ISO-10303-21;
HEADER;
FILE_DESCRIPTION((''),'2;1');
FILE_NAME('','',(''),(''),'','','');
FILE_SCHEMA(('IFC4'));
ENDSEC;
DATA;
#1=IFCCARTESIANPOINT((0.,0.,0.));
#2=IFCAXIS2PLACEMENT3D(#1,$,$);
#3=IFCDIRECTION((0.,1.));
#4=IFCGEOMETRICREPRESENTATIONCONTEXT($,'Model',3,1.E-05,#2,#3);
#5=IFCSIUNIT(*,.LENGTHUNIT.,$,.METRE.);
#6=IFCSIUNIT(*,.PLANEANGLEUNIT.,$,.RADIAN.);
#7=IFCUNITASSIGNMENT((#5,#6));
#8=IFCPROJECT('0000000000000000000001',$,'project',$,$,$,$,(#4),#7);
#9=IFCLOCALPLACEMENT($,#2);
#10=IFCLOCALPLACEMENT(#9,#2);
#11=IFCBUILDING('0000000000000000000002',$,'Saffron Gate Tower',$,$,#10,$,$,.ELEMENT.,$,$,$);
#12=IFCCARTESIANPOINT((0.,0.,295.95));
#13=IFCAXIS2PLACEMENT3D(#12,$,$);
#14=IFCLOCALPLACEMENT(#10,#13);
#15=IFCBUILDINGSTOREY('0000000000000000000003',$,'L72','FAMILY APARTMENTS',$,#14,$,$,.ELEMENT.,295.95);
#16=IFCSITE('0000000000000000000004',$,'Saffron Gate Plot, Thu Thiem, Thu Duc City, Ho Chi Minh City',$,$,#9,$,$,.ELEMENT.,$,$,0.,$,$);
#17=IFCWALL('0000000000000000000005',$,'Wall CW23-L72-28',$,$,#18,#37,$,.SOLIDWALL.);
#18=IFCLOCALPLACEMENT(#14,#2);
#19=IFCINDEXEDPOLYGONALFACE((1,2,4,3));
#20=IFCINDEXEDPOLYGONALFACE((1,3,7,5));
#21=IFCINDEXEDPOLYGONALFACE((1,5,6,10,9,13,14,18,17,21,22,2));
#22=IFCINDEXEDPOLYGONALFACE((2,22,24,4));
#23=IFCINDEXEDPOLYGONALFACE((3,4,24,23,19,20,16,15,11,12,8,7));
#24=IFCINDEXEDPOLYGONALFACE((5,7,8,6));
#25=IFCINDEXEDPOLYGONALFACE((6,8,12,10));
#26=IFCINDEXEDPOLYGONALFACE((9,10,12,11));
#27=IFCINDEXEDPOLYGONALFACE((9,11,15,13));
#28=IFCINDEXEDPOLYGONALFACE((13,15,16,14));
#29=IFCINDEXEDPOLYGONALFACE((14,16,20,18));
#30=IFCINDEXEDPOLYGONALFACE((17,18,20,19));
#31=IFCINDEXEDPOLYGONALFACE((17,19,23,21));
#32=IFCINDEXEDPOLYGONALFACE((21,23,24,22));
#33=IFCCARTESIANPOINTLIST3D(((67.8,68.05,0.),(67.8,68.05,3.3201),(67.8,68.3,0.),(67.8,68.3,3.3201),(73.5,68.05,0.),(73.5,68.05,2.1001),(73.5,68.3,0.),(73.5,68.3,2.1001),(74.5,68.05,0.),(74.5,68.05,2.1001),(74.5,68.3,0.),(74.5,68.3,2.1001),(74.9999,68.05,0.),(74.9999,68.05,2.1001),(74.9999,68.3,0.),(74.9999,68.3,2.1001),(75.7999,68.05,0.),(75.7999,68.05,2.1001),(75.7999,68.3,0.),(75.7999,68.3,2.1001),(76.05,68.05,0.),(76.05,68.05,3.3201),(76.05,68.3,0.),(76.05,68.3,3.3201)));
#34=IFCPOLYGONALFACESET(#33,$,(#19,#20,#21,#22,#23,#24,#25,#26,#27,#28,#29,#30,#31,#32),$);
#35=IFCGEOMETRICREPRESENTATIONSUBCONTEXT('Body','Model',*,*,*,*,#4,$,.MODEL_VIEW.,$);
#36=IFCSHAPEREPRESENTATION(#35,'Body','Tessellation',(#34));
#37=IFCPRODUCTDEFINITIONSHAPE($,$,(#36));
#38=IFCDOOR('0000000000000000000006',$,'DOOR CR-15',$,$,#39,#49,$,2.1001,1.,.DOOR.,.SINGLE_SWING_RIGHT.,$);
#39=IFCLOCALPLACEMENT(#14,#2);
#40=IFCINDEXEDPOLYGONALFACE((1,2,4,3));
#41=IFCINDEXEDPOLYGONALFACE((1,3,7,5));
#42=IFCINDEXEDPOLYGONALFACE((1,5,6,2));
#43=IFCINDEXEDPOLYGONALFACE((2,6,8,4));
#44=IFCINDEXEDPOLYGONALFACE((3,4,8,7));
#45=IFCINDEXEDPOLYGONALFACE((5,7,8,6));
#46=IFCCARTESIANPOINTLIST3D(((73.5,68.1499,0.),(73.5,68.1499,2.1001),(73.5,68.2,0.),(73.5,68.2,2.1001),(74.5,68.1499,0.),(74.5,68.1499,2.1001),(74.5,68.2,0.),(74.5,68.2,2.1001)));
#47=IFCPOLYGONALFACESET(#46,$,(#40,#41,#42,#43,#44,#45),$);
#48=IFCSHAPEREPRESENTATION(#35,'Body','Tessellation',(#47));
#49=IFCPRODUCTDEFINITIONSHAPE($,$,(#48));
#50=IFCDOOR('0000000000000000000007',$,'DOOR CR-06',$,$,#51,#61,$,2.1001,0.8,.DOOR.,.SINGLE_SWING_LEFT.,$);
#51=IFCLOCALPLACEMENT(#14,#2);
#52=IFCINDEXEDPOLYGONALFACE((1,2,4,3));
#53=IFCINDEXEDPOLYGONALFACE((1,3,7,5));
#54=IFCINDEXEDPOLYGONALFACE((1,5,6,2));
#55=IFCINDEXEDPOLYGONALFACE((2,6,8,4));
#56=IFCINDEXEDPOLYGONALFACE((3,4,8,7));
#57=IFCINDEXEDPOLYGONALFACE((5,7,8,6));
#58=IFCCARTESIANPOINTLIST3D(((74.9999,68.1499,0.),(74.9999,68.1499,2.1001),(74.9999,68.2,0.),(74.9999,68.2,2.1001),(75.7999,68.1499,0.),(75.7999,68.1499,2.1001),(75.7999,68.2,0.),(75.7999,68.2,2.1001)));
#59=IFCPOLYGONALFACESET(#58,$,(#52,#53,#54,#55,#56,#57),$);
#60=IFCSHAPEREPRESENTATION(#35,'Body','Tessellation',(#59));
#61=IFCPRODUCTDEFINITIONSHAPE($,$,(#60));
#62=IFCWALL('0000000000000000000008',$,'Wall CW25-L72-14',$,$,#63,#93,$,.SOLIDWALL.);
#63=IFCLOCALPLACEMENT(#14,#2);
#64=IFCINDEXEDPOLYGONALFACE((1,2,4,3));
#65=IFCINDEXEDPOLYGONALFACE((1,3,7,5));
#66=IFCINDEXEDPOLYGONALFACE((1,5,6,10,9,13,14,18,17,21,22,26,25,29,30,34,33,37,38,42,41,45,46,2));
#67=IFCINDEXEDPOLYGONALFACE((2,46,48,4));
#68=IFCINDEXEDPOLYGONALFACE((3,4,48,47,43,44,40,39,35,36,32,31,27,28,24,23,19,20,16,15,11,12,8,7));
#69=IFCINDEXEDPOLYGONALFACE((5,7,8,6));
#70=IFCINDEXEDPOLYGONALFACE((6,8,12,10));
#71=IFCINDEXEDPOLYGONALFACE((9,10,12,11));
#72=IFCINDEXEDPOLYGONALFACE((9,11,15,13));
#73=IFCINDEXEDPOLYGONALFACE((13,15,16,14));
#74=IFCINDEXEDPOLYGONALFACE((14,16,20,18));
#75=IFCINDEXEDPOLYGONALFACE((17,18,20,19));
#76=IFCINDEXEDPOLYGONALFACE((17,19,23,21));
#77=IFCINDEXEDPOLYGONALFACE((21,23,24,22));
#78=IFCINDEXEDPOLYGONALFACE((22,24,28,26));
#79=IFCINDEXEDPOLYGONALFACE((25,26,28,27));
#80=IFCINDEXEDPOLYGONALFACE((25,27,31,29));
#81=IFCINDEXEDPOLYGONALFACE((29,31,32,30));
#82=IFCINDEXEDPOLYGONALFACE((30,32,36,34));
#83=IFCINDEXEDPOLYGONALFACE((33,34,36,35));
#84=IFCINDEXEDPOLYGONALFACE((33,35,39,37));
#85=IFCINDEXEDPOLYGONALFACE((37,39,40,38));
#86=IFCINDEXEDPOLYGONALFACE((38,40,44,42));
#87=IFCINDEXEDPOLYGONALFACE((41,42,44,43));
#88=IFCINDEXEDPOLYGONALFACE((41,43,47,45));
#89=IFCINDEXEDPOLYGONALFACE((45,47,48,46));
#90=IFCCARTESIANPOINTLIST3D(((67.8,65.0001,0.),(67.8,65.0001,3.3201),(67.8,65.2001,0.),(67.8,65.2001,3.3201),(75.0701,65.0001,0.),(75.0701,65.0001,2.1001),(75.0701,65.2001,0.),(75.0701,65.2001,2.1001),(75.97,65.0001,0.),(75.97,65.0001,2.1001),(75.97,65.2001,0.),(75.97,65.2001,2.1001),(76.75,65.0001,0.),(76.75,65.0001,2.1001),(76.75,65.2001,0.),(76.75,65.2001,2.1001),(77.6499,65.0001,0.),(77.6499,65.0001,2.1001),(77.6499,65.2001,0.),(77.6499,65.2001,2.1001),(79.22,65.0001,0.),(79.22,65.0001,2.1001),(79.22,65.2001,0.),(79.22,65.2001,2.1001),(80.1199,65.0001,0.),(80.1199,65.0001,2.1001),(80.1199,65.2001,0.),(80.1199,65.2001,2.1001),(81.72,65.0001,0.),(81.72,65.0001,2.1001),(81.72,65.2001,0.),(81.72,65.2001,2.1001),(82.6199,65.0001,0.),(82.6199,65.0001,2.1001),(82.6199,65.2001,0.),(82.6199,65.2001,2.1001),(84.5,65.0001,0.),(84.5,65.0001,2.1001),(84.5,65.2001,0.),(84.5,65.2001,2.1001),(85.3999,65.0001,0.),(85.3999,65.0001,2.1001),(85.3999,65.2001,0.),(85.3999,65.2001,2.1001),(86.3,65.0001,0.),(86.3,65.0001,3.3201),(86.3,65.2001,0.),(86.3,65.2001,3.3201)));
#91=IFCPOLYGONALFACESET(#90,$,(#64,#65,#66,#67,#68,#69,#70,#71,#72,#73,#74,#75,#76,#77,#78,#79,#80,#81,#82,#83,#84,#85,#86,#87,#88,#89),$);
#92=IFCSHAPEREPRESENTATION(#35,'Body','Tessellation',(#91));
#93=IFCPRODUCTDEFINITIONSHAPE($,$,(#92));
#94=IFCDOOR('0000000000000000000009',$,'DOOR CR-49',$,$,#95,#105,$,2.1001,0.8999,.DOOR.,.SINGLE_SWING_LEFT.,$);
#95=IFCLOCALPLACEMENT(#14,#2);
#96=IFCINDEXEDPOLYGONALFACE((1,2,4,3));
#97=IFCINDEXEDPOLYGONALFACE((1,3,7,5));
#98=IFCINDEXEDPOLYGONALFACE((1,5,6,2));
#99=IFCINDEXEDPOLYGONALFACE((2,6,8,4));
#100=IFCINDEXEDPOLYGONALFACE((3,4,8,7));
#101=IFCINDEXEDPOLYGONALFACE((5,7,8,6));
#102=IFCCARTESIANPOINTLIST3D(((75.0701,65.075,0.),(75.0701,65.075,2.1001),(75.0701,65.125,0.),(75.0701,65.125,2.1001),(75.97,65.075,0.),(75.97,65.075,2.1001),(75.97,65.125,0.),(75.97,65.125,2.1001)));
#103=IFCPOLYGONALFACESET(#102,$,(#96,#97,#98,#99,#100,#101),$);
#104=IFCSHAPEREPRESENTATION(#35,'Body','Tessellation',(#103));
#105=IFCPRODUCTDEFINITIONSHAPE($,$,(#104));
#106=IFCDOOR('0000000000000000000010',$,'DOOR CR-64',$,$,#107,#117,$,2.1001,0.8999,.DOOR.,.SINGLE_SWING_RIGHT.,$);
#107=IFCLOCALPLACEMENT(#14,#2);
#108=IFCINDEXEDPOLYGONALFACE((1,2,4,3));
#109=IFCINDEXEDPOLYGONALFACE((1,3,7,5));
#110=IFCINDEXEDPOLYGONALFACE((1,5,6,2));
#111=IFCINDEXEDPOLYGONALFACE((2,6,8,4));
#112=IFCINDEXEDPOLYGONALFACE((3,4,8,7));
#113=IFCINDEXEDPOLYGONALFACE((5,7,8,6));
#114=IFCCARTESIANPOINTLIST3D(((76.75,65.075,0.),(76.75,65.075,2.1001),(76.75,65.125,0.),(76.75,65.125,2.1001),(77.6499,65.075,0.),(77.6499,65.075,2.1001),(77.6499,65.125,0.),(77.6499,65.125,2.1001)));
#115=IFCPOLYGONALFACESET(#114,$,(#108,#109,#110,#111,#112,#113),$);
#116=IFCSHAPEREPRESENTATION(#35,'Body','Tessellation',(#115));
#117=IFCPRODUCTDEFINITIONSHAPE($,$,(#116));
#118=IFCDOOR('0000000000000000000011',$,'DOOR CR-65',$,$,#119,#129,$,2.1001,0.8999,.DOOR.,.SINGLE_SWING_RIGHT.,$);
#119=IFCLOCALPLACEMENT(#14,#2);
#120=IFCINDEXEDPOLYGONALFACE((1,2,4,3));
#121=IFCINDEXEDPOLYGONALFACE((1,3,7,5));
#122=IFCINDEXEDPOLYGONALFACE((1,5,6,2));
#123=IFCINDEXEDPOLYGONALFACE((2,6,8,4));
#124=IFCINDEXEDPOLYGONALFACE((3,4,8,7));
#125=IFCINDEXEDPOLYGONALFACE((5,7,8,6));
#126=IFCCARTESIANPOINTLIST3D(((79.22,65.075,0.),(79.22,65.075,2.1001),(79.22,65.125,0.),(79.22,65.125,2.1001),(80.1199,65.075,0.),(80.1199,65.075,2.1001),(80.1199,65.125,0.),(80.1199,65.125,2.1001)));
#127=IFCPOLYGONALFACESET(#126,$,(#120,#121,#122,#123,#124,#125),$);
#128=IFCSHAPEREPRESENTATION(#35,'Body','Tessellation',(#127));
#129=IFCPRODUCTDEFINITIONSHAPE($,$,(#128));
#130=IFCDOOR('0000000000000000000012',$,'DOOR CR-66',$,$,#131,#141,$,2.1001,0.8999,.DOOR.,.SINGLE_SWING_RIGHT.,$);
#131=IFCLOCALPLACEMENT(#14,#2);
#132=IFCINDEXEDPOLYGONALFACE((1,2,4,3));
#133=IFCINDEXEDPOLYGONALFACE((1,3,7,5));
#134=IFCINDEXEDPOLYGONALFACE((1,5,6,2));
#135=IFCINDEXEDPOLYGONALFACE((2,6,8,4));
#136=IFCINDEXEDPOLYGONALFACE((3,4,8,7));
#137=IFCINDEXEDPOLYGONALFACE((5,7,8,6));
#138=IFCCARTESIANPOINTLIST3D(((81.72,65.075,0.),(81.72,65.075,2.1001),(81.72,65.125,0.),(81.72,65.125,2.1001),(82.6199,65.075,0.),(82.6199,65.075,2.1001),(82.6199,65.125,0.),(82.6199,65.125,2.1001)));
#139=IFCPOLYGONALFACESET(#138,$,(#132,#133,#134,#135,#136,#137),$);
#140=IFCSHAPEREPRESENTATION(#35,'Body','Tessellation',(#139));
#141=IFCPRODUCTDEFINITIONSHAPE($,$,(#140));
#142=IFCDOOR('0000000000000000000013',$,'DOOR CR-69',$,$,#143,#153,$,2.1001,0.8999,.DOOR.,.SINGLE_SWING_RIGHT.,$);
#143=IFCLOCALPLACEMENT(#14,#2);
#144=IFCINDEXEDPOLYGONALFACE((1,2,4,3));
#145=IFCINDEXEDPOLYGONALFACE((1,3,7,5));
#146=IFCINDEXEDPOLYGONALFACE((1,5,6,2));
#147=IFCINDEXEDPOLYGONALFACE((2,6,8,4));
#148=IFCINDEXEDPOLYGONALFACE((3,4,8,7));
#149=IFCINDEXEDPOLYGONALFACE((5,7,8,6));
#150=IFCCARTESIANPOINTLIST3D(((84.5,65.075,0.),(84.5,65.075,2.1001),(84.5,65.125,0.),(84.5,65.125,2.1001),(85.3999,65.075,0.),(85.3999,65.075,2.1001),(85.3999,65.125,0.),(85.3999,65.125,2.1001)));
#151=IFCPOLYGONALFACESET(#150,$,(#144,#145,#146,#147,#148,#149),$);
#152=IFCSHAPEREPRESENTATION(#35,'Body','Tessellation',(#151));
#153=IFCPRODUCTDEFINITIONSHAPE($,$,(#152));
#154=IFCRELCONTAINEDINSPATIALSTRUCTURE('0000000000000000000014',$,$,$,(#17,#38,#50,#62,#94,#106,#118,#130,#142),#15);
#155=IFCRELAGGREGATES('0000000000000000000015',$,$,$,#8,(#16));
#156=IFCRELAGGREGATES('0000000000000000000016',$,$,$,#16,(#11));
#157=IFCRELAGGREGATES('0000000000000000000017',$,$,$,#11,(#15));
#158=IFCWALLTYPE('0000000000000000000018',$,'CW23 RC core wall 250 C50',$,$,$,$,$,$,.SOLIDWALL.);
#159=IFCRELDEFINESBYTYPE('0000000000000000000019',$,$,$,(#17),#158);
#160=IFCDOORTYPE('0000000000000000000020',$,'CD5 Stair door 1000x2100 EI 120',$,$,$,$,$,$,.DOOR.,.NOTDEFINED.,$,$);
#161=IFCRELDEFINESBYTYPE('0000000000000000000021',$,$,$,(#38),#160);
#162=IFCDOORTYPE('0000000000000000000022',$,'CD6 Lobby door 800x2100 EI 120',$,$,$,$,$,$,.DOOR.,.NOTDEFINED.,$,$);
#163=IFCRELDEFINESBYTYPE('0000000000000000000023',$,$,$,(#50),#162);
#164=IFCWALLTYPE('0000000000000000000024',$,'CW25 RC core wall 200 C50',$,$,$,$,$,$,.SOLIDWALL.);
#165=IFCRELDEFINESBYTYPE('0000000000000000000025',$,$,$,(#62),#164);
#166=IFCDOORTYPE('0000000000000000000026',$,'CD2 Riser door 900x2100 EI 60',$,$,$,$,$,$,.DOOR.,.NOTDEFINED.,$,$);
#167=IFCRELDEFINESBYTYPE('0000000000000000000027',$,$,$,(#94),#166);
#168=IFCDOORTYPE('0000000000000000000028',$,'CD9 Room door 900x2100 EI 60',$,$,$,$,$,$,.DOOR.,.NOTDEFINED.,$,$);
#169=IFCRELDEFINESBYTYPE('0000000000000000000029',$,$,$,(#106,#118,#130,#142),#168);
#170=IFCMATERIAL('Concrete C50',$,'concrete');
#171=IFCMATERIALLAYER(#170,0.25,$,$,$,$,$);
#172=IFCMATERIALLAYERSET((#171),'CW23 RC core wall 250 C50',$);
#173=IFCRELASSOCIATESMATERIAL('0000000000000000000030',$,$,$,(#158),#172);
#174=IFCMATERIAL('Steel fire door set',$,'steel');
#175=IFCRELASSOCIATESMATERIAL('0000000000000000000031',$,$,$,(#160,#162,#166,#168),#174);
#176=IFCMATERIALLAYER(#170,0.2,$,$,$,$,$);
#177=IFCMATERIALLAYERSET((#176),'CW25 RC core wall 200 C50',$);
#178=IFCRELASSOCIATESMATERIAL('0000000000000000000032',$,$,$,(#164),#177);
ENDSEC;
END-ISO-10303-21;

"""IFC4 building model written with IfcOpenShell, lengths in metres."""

from ifc_helpers import new_model, si_unit, direction, frame, frame_2d, origin, place, context, subcontext, project, spatial, rectangle, extrude, material, layer, layer_set, type_object, element, fill, save


model = new_model("IFC4")

# Units and contexts
model_context = context("Model", 3, precision=1e-05, world=origin(), true_north=direction((0.0, 1.0)))
body_context = subcontext(model_context, "Body", "Model", "MODEL_VIEW")
ifc_project = project(units=[si_unit("LENGTHUNIT", "METRE"), si_unit("PLANEANGLEUNIT", "RADIAN")], contexts=[model_context])

# Site, building, storey
site_placement = place(None, origin())
site = spatial("IfcSite", under=ifc_project, at=site_placement, Name="Saffron Gate Plot, Thu Thiem, Thu Duc City, Ho Chi Minh City", CompositionType="ELEMENT", RefElevation=0.0)
building_placement = place(site_placement, origin())
building = spatial("IfcBuilding", under=site, at=building_placement, Name="Saffron Gate Tower", CompositionType="ELEMENT")
storey_placement = place(building_placement, frame((0.0, 0.0, 295.95)))
storey = spatial("IfcBuildingStorey", under=building, at=storey_placement, Name="L72", Description="FAMILY APARTMENTS", CompositionType="ELEMENT", Elevation=295.95)

# Walls, openings, doors
ifc_material_1 = material(Name="Concrete C50", Category="concrete")
ifc_layer_1 = layer(ifc_material_1, 0.25)
ifc_layer_set_1 = layer_set([ifc_layer_1], Name="CW23 RC core wall 250 C50")
wall_type_1 = type_object("IfcWallType", Name="CW23 RC core wall 250 C50", PredefinedType="SOLIDWALL", material=ifc_layer_set_1)
wall_1_placement = place(storey_placement, frame((67.8, 68.175, 0.0), z_axis=(0.0, 0.0, 1.0), x_axis=(1.0, 0.0, 0.0)))
wall_1 = element("IfcWall", 1, at=wall_1_placement, inside=storey, type_object=wall_type_1, Name="Wall CW23-L72-28", PredefinedType="SOLIDWALL", context=body_context, shape_type="SweptSolid", body=[
    extrude(rectangle(XDim=8.25, YDim=0.25, at=frame_2d((4.125, 0.0))), origin(), (0.0, 0.0, 1.0), 3.3201),
])
opening_1_placement = place(wall_1_placement, frame((5.7, 0.0, 0.0)))
opening_1 = element("IfcOpeningElement", 2, at=opening_1_placement, cuts=wall_1, PredefinedType="OPENING", context=body_context, shape_type="SweptSolid", body=[
    extrude(rectangle(XDim=1.0, YDim=2.1001, at=frame_2d((0.5, 1.05))), frame((0.0, 0.135, 0.0), z_axis=(0.0, -1.0, 0.0), x_axis=(1.0, 0.0, 0.0)), (0.0, 0.0, 1.0), 0.27),
])
opening_2_placement = place(wall_1_placement, frame((7.2, 0.0, 0.0)))
opening_2 = element("IfcOpeningElement", 3, at=opening_2_placement, cuts=wall_1, PredefinedType="OPENING", context=body_context, shape_type="SweptSolid", body=[
    extrude(rectangle(XDim=0.8, YDim=2.1001, at=frame_2d((0.3999, 1.05))), frame((0.0, 0.135, 0.0), z_axis=(0.0, -1.0, 0.0), x_axis=(1.0, 0.0, 0.0)), (0.0, 0.0, 1.0), 0.27),
])
ifc_material_2 = material(Name="Steel fire door set", Category="steel")
door_type_1 = type_object("IfcDoorType", Name="CD5 Stair door 1000x2100 EI 120", OperationType="NOTDEFINED", PredefinedType="DOOR", material=ifc_material_2)
door_1_placement = place(opening_1_placement, origin())
door_1 = element("IfcDoor", 4, at=door_1_placement, inside=storey, type_object=door_type_1, Name="DOOR CR-15", OperationType="SINGLE_SWING_RIGHT", OverallHeight=2.1001, OverallWidth=1.0, PredefinedType="DOOR", context=body_context, shape_type="SweptSolid", body=[
    extrude(rectangle(XDim=1.0, YDim=2.1001, at=frame_2d((0.5, 1.05))), frame((0.0, 0.0249, 0.0), z_axis=(0.0, -1.0, 0.0), x_axis=(1.0, 0.0, 0.0)), (0.0, 0.0, 1.0), 0.05),
])
fill(opening_1, door_1)
door_type_2 = type_object("IfcDoorType", Name="CD6 Lobby door 800x2100 EI 120", OperationType="NOTDEFINED", PredefinedType="DOOR", material=ifc_material_2)
door_2_placement = place(opening_2_placement, origin())
door_2 = element("IfcDoor", 5, at=door_2_placement, inside=storey, type_object=door_type_2, Name="DOOR CR-06", OperationType="SINGLE_SWING_LEFT", OverallHeight=2.1001, OverallWidth=0.8, PredefinedType="DOOR", context=body_context, shape_type="SweptSolid", body=[
    extrude(rectangle(XDim=0.8, YDim=2.1001, at=frame_2d((0.3999, 1.05))), frame((0.0, 0.0249, 0.0), z_axis=(0.0, -1.0, 0.0), x_axis=(1.0, 0.0, 0.0)), (0.0, 0.0, 1.0), 0.05),
])
fill(opening_2, door_2)
ifc_layer_2 = layer(ifc_material_1, 0.2)
ifc_layer_set_2 = layer_set([ifc_layer_2], Name="CW25 RC core wall 200 C50")
wall_type_2 = type_object("IfcWallType", Name="CW25 RC core wall 200 C50", PredefinedType="SOLIDWALL", material=ifc_layer_set_2)
wall_2_placement = place(storey_placement, frame((67.8, 65.1001, 0.0), z_axis=(0.0, 0.0, 1.0), x_axis=(1.0, 0.0, 0.0)))
wall_2 = element("IfcWall", 6, at=wall_2_placement, inside=storey, type_object=wall_type_2, Name="Wall CW25-L72-14", PredefinedType="SOLIDWALL", context=body_context, shape_type="SweptSolid", body=[
    extrude(rectangle(XDim=18.5, YDim=0.2, at=frame_2d((9.25, 0.0))), origin(), (0.0, 0.0, 1.0), 3.3201),
])
opening_3_placement = place(wall_2_placement, frame((7.27, 0.0, 0.0)))
opening_3 = element("IfcOpeningElement", 7, at=opening_3_placement, cuts=wall_2, PredefinedType="OPENING", context=body_context, shape_type="SweptSolid", body=[
    extrude(rectangle(XDim=0.8999, YDim=2.1001, at=frame_2d((0.45, 1.05))), frame((0.0, 0.1099, 0.0), z_axis=(0.0, -1.0, 0.0), x_axis=(1.0, 0.0, 0.0)), (0.0, 0.0, 1.0), 0.22),
])
opening_4_placement = place(wall_2_placement, frame((8.95, 0.0, 0.0)))
opening_4 = element("IfcOpeningElement", 8, at=opening_4_placement, cuts=wall_2, PredefinedType="OPENING", context=body_context, shape_type="SweptSolid", body=[
    extrude(rectangle(XDim=0.8999, YDim=2.1001, at=frame_2d((0.45, 1.05))), frame((0.0, 0.1099, 0.0), z_axis=(0.0, -1.0, 0.0), x_axis=(1.0, 0.0, 0.0)), (0.0, 0.0, 1.0), 0.22),
])
opening_5_placement = place(wall_2_placement, frame((11.4199, 0.0, 0.0)))
opening_5 = element("IfcOpeningElement", 9, at=opening_5_placement, cuts=wall_2, PredefinedType="OPENING", context=body_context, shape_type="SweptSolid", body=[
    extrude(rectangle(XDim=0.8999, YDim=2.1001, at=frame_2d((0.45, 1.05))), frame((0.0, 0.1099, 0.0), z_axis=(0.0, -1.0, 0.0), x_axis=(1.0, 0.0, 0.0)), (0.0, 0.0, 1.0), 0.22),
])
opening_6_placement = place(wall_2_placement, frame((13.9199, 0.0, 0.0)))
opening_6 = element("IfcOpeningElement", 10, at=opening_6_placement, cuts=wall_2, PredefinedType="OPENING", context=body_context, shape_type="SweptSolid", body=[
    extrude(rectangle(XDim=0.8999, YDim=2.1001, at=frame_2d((0.45, 1.05))), frame((0.0, 0.1099, 0.0), z_axis=(0.0, -1.0, 0.0), x_axis=(1.0, 0.0, 0.0)), (0.0, 0.0, 1.0), 0.22),
])
opening_7_placement = place(wall_2_placement, frame((16.7, 0.0, 0.0)))
opening_7 = element("IfcOpeningElement", 11, at=opening_7_placement, cuts=wall_2, PredefinedType="OPENING", context=body_context, shape_type="SweptSolid", body=[
    extrude(rectangle(XDim=0.8999, YDim=2.1001, at=frame_2d((0.45, 1.05))), frame((0.0, 0.1099, 0.0), z_axis=(0.0, -1.0, 0.0), x_axis=(1.0, 0.0, 0.0)), (0.0, 0.0, 1.0), 0.22),
])
door_type_3 = type_object("IfcDoorType", Name="CD2 Riser door 900x2100 EI 60", OperationType="NOTDEFINED", PredefinedType="DOOR", material=ifc_material_2)
door_3_placement = place(opening_3_placement, origin())
door_3 = element("IfcDoor", 12, at=door_3_placement, inside=storey, type_object=door_type_3, Name="DOOR CR-49", OperationType="SINGLE_SWING_LEFT", OverallHeight=2.1001, OverallWidth=0.8999, PredefinedType="DOOR", context=body_context, shape_type="SweptSolid", body=[
    extrude(rectangle(XDim=0.8999, YDim=2.1001, at=frame_2d((0.45, 1.05))), frame((0.0, 0.0249, 0.0), z_axis=(0.0, -1.0, 0.0), x_axis=(1.0, 0.0, 0.0)), (0.0, 0.0, 1.0), 0.05),
])
fill(opening_3, door_3)
door_type_4 = type_object("IfcDoorType", Name="CD9 Room door 900x2100 EI 60", OperationType="NOTDEFINED", PredefinedType="DOOR", material=ifc_material_2)
door_4_placement = place(opening_4_placement, origin())
door_4 = element("IfcDoor", 13, at=door_4_placement, inside=storey, type_object=door_type_4, Name="DOOR CR-64", OperationType="SINGLE_SWING_RIGHT", OverallHeight=2.1001, OverallWidth=0.8999, PredefinedType="DOOR", context=body_context, shape_type="SweptSolid", body=[
    extrude(rectangle(XDim=0.8999, YDim=2.1001, at=frame_2d((0.45, 1.05))), frame((0.0, 0.0249, 0.0), z_axis=(0.0, -1.0, 0.0), x_axis=(1.0, 0.0, 0.0)), (0.0, 0.0, 1.0), 0.05),
])
fill(opening_4, door_4)
door_5_placement = place(opening_5_placement, origin())
door_5 = element("IfcDoor", 14, at=door_5_placement, inside=storey, type_object=door_type_4, Name="DOOR CR-65", OperationType="SINGLE_SWING_RIGHT", OverallHeight=2.1001, OverallWidth=0.8999, PredefinedType="DOOR", context=body_context, shape_type="SweptSolid", body=[
    extrude(rectangle(XDim=0.8999, YDim=2.1001, at=frame_2d((0.45, 1.05))), frame((0.0, 0.0249, 0.0), z_axis=(0.0, -1.0, 0.0), x_axis=(1.0, 0.0, 0.0)), (0.0, 0.0, 1.0), 0.05),
])
fill(opening_5, door_5)
door_6_placement = place(opening_6_placement, origin())
door_6 = element("IfcDoor", 15, at=door_6_placement, inside=storey, type_object=door_type_4, Name="DOOR CR-66", OperationType="SINGLE_SWING_RIGHT", OverallHeight=2.1001, OverallWidth=0.8999, PredefinedType="DOOR", context=body_context, shape_type="SweptSolid", body=[
    extrude(rectangle(XDim=0.8999, YDim=2.1001, at=frame_2d((0.45, 1.05))), frame((0.0, 0.0249, 0.0), z_axis=(0.0, -1.0, 0.0), x_axis=(1.0, 0.0, 0.0)), (0.0, 0.0, 1.0), 0.05),
])
fill(opening_6, door_6)
door_7_placement = place(opening_7_placement, origin())
door_7 = element("IfcDoor", 16, at=door_7_placement, inside=storey, type_object=door_type_4, Name="DOOR CR-69", OperationType="SINGLE_SWING_RIGHT", OverallHeight=2.1001, OverallWidth=0.8999, PredefinedType="DOOR", context=body_context, shape_type="SweptSolid", body=[
    extrude(rectangle(XDim=0.8999, YDim=2.1001, at=frame_2d((0.45, 1.05))), frame((0.0, 0.0249, 0.0), z_axis=(0.0, -1.0, 0.0), x_axis=(1.0, 0.0, 0.0)), (0.0, 0.0, 1.0), 0.05),
])
fill(opening_7, door_7)

save(model, "model.ifc")
